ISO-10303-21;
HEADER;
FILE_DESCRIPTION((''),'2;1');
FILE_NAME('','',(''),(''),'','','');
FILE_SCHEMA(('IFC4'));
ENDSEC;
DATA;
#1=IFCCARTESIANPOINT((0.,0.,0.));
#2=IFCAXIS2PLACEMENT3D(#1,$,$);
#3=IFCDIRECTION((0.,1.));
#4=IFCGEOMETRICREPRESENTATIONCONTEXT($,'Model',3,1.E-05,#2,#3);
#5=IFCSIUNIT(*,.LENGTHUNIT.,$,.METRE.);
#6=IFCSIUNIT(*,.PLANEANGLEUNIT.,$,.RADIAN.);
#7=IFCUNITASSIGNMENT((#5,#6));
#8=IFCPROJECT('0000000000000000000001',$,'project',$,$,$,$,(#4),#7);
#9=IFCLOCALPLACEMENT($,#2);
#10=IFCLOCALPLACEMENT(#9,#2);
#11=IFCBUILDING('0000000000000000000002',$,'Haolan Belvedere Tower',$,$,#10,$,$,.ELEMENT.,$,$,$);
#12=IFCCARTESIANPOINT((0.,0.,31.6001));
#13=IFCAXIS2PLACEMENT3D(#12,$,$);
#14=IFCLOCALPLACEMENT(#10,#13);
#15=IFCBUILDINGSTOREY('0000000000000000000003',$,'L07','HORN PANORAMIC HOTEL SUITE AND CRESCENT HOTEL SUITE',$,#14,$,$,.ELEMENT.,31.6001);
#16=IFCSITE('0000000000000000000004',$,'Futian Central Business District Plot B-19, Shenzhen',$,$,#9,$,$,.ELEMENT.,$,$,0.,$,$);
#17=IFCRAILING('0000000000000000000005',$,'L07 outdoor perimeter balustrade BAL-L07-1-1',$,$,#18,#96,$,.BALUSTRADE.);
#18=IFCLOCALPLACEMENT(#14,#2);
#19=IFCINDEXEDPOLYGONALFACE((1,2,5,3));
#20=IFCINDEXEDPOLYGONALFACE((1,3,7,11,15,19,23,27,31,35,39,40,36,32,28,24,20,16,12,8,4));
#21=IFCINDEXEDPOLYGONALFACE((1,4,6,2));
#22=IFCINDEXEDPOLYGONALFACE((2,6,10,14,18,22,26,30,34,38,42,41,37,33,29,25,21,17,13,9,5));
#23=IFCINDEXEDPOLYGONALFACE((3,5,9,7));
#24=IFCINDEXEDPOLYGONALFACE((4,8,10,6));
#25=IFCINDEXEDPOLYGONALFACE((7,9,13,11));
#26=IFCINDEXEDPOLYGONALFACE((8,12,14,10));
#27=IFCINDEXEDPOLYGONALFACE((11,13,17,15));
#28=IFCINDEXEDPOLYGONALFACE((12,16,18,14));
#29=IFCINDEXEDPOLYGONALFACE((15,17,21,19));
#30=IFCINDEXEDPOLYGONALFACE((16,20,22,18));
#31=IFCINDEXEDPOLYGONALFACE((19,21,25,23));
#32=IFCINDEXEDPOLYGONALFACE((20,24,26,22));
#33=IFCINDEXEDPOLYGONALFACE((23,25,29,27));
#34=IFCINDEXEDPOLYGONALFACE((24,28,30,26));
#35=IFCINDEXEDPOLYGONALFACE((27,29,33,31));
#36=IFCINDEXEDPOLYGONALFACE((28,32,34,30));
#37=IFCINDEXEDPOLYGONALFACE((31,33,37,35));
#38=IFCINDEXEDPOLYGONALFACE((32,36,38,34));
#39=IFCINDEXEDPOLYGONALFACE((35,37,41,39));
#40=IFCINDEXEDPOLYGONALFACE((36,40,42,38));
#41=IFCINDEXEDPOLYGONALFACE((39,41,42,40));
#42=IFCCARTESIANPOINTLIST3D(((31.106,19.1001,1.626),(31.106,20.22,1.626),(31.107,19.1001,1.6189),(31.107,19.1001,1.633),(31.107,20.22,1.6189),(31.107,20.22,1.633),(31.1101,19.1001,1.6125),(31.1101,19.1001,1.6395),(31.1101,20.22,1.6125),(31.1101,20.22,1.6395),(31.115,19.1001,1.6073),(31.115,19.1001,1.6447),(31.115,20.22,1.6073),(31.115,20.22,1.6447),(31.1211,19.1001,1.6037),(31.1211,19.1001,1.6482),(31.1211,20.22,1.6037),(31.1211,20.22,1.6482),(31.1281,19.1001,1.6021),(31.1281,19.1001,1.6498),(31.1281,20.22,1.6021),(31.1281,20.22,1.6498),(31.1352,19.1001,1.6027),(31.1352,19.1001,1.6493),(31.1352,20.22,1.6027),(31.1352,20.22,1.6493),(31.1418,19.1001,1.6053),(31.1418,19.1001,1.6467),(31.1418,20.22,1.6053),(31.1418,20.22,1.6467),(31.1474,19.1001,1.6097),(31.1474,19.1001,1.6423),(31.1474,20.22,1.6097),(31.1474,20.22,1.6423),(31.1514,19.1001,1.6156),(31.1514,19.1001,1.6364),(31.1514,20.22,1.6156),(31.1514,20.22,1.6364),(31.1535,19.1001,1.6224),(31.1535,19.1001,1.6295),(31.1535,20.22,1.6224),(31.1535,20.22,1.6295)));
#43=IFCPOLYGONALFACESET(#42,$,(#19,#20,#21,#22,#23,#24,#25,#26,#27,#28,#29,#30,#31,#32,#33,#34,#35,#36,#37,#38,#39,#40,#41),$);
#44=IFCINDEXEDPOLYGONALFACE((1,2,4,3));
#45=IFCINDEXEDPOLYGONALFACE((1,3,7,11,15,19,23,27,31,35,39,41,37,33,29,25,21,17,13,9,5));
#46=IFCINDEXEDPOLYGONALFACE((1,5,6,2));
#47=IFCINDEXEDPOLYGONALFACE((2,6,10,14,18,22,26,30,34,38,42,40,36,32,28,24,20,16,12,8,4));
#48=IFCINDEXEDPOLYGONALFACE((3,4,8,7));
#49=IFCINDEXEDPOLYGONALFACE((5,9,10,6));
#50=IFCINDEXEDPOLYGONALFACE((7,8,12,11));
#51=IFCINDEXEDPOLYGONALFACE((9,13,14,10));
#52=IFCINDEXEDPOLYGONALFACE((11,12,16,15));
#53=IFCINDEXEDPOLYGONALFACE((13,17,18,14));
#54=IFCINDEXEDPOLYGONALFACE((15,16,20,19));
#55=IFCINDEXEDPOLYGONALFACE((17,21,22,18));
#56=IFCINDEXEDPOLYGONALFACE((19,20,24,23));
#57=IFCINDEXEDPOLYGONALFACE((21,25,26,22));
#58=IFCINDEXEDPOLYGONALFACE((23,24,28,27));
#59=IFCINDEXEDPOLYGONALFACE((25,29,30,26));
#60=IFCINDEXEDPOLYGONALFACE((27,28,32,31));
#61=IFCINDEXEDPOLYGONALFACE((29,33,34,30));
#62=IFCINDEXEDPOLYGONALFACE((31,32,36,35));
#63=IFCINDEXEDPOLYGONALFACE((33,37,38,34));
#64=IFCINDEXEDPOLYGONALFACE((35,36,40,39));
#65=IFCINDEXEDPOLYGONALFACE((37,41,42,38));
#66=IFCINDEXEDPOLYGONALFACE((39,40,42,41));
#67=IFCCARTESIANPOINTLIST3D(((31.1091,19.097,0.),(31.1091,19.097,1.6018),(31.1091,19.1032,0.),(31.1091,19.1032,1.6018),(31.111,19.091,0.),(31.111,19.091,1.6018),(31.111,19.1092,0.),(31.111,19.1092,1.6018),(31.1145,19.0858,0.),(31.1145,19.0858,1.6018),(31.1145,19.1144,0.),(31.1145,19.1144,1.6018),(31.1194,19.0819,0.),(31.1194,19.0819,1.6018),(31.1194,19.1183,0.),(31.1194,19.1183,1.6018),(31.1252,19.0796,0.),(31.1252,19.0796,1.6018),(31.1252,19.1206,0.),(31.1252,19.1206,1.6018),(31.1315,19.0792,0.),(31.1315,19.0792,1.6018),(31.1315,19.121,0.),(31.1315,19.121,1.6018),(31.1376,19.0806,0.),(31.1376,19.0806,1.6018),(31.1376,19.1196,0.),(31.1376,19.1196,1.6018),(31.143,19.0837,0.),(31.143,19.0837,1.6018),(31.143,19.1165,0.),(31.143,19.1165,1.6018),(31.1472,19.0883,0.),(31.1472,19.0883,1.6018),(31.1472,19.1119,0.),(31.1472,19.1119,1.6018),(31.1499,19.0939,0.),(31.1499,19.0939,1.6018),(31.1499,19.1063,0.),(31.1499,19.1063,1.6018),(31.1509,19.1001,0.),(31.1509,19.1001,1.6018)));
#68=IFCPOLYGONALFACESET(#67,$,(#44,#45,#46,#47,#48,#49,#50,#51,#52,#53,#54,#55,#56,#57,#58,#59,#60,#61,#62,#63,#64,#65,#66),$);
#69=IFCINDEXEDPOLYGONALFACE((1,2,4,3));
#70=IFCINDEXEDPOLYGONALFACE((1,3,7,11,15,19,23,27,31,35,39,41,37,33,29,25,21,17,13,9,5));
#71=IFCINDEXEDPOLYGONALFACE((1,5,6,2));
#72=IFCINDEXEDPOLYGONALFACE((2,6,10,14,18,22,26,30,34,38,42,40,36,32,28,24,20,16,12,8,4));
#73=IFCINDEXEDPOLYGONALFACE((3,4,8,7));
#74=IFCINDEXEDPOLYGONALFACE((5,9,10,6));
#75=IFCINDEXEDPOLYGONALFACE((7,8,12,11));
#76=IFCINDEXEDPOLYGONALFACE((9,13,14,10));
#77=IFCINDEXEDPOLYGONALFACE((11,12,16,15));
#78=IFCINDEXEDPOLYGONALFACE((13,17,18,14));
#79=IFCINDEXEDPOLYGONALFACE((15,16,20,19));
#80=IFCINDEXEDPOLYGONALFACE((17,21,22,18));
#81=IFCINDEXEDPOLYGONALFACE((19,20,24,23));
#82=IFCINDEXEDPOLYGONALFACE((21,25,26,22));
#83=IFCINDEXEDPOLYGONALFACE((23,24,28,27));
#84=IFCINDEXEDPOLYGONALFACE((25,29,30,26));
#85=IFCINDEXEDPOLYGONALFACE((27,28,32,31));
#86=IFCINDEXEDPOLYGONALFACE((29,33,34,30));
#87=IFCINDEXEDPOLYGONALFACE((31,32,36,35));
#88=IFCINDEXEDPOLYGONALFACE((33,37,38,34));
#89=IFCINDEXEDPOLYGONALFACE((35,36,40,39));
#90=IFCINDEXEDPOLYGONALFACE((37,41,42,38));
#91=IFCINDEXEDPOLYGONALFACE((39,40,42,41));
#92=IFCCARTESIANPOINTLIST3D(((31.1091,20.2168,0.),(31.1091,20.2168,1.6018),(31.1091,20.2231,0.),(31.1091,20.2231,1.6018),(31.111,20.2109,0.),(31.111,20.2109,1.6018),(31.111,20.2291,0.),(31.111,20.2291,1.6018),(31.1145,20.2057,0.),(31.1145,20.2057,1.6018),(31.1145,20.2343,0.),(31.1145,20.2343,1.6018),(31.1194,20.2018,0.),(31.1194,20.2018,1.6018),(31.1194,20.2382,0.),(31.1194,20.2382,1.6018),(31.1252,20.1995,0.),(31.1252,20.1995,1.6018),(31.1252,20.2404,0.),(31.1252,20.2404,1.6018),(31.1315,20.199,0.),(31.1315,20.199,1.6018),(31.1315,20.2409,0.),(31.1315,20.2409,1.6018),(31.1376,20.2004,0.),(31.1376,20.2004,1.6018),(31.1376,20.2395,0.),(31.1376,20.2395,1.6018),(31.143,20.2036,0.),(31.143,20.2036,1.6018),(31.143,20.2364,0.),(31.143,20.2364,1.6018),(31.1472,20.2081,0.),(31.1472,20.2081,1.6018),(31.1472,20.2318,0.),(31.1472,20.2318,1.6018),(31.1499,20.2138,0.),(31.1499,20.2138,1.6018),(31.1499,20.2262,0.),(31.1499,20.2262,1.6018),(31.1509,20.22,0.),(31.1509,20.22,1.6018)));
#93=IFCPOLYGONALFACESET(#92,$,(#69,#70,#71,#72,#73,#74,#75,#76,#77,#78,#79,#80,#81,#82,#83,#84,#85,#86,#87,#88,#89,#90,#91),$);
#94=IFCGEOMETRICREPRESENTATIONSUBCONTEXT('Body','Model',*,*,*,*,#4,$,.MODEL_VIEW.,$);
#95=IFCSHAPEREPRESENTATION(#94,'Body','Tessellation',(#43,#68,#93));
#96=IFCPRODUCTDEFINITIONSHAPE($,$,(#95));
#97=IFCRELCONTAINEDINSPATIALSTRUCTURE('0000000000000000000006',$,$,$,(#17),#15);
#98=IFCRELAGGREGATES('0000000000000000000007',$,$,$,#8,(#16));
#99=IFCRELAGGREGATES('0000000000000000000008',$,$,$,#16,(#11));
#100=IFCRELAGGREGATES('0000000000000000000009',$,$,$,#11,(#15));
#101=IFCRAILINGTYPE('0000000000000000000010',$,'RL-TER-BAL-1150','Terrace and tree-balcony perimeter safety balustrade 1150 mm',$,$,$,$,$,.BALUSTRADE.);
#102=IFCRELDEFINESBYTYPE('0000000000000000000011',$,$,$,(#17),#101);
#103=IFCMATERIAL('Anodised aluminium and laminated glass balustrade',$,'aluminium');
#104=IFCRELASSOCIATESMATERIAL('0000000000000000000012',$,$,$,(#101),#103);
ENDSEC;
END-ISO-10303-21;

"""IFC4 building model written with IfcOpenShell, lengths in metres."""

from ifc_helpers import new_model, si_unit, direction, frame, origin, origin_2d, place, context, subcontext, project, spatial, circle, extrude, material, type_object, element, save


model = new_model("IFC4")

# Units and contexts
model_context = context("Model", 3, precision=1e-05, world=origin(), true_north=direction((0.0, 1.0)))
body_context = subcontext(model_context, "Body", "Model", "MODEL_VIEW")
ifc_project = project(units=[si_unit("LENGTHUNIT", "METRE"), si_unit("PLANEANGLEUNIT", "RADIAN")], contexts=[model_context])

# Site, building, storey
site_placement = place(None, origin())
site = spatial("IfcSite", under=ifc_project, at=site_placement, Name="Futian Central Business District Plot B-19, Shenzhen", CompositionType="ELEMENT", RefElevation=0.0)
building_placement = place(site_placement, origin())
building = spatial("IfcBuilding", under=site, at=building_placement, Name="Haolan Belvedere Tower", CompositionType="ELEMENT")
storey_placement = place(building_placement, frame((0.0, 0.0, 31.6001)))
storey = spatial("IfcBuildingStorey", under=building, at=storey_placement, Name="L07", Description="HORN PANORAMIC HOTEL SUITE AND CRESCENT HOTEL SUITE", CompositionType="ELEMENT", Elevation=31.6001)

# Railing
ifc_material_1 = material(Name="Anodised aluminium and laminated glass balustrade", Category="aluminium")
railing_type = type_object("IfcRailingType", Name="RL-TER-BAL-1150", Description="Terrace and tree-balcony perimeter safety balustrade 1150 mm", PredefinedType="BALUSTRADE", material=ifc_material_1)
railing_placement = place(storey_placement, frame((31.1299, 19.1001, 0.0)))
element("IfcRailing", 1, at=railing_placement, inside=storey, type_object=railing_type, Name="L07 outdoor perimeter balustrade BAL-L07-1-1", PredefinedType="BALUSTRADE", context=body_context, shape_type="SweptSolid", body=[
    extrude(circle(Radius=0.0239, at=origin_2d()), frame((0.0, 0.0, 1.626), z_axis=(0.0, 1.0, 0.0), x_axis=(-1.0, 0.0, 0.0)), (0.0, 0.0, 1.0), 1.1199),
    extrude(circle(Radius=0.021, at=origin_2d()), origin(), (0.0, 0.0, 1.0), 1.6018),
    extrude(circle(Radius=0.021, at=origin_2d()), frame((0.0, 1.1199, 0.0)), (0.0, 0.0, 1.0), 1.6018),
])

save(model, "model.ifc")
